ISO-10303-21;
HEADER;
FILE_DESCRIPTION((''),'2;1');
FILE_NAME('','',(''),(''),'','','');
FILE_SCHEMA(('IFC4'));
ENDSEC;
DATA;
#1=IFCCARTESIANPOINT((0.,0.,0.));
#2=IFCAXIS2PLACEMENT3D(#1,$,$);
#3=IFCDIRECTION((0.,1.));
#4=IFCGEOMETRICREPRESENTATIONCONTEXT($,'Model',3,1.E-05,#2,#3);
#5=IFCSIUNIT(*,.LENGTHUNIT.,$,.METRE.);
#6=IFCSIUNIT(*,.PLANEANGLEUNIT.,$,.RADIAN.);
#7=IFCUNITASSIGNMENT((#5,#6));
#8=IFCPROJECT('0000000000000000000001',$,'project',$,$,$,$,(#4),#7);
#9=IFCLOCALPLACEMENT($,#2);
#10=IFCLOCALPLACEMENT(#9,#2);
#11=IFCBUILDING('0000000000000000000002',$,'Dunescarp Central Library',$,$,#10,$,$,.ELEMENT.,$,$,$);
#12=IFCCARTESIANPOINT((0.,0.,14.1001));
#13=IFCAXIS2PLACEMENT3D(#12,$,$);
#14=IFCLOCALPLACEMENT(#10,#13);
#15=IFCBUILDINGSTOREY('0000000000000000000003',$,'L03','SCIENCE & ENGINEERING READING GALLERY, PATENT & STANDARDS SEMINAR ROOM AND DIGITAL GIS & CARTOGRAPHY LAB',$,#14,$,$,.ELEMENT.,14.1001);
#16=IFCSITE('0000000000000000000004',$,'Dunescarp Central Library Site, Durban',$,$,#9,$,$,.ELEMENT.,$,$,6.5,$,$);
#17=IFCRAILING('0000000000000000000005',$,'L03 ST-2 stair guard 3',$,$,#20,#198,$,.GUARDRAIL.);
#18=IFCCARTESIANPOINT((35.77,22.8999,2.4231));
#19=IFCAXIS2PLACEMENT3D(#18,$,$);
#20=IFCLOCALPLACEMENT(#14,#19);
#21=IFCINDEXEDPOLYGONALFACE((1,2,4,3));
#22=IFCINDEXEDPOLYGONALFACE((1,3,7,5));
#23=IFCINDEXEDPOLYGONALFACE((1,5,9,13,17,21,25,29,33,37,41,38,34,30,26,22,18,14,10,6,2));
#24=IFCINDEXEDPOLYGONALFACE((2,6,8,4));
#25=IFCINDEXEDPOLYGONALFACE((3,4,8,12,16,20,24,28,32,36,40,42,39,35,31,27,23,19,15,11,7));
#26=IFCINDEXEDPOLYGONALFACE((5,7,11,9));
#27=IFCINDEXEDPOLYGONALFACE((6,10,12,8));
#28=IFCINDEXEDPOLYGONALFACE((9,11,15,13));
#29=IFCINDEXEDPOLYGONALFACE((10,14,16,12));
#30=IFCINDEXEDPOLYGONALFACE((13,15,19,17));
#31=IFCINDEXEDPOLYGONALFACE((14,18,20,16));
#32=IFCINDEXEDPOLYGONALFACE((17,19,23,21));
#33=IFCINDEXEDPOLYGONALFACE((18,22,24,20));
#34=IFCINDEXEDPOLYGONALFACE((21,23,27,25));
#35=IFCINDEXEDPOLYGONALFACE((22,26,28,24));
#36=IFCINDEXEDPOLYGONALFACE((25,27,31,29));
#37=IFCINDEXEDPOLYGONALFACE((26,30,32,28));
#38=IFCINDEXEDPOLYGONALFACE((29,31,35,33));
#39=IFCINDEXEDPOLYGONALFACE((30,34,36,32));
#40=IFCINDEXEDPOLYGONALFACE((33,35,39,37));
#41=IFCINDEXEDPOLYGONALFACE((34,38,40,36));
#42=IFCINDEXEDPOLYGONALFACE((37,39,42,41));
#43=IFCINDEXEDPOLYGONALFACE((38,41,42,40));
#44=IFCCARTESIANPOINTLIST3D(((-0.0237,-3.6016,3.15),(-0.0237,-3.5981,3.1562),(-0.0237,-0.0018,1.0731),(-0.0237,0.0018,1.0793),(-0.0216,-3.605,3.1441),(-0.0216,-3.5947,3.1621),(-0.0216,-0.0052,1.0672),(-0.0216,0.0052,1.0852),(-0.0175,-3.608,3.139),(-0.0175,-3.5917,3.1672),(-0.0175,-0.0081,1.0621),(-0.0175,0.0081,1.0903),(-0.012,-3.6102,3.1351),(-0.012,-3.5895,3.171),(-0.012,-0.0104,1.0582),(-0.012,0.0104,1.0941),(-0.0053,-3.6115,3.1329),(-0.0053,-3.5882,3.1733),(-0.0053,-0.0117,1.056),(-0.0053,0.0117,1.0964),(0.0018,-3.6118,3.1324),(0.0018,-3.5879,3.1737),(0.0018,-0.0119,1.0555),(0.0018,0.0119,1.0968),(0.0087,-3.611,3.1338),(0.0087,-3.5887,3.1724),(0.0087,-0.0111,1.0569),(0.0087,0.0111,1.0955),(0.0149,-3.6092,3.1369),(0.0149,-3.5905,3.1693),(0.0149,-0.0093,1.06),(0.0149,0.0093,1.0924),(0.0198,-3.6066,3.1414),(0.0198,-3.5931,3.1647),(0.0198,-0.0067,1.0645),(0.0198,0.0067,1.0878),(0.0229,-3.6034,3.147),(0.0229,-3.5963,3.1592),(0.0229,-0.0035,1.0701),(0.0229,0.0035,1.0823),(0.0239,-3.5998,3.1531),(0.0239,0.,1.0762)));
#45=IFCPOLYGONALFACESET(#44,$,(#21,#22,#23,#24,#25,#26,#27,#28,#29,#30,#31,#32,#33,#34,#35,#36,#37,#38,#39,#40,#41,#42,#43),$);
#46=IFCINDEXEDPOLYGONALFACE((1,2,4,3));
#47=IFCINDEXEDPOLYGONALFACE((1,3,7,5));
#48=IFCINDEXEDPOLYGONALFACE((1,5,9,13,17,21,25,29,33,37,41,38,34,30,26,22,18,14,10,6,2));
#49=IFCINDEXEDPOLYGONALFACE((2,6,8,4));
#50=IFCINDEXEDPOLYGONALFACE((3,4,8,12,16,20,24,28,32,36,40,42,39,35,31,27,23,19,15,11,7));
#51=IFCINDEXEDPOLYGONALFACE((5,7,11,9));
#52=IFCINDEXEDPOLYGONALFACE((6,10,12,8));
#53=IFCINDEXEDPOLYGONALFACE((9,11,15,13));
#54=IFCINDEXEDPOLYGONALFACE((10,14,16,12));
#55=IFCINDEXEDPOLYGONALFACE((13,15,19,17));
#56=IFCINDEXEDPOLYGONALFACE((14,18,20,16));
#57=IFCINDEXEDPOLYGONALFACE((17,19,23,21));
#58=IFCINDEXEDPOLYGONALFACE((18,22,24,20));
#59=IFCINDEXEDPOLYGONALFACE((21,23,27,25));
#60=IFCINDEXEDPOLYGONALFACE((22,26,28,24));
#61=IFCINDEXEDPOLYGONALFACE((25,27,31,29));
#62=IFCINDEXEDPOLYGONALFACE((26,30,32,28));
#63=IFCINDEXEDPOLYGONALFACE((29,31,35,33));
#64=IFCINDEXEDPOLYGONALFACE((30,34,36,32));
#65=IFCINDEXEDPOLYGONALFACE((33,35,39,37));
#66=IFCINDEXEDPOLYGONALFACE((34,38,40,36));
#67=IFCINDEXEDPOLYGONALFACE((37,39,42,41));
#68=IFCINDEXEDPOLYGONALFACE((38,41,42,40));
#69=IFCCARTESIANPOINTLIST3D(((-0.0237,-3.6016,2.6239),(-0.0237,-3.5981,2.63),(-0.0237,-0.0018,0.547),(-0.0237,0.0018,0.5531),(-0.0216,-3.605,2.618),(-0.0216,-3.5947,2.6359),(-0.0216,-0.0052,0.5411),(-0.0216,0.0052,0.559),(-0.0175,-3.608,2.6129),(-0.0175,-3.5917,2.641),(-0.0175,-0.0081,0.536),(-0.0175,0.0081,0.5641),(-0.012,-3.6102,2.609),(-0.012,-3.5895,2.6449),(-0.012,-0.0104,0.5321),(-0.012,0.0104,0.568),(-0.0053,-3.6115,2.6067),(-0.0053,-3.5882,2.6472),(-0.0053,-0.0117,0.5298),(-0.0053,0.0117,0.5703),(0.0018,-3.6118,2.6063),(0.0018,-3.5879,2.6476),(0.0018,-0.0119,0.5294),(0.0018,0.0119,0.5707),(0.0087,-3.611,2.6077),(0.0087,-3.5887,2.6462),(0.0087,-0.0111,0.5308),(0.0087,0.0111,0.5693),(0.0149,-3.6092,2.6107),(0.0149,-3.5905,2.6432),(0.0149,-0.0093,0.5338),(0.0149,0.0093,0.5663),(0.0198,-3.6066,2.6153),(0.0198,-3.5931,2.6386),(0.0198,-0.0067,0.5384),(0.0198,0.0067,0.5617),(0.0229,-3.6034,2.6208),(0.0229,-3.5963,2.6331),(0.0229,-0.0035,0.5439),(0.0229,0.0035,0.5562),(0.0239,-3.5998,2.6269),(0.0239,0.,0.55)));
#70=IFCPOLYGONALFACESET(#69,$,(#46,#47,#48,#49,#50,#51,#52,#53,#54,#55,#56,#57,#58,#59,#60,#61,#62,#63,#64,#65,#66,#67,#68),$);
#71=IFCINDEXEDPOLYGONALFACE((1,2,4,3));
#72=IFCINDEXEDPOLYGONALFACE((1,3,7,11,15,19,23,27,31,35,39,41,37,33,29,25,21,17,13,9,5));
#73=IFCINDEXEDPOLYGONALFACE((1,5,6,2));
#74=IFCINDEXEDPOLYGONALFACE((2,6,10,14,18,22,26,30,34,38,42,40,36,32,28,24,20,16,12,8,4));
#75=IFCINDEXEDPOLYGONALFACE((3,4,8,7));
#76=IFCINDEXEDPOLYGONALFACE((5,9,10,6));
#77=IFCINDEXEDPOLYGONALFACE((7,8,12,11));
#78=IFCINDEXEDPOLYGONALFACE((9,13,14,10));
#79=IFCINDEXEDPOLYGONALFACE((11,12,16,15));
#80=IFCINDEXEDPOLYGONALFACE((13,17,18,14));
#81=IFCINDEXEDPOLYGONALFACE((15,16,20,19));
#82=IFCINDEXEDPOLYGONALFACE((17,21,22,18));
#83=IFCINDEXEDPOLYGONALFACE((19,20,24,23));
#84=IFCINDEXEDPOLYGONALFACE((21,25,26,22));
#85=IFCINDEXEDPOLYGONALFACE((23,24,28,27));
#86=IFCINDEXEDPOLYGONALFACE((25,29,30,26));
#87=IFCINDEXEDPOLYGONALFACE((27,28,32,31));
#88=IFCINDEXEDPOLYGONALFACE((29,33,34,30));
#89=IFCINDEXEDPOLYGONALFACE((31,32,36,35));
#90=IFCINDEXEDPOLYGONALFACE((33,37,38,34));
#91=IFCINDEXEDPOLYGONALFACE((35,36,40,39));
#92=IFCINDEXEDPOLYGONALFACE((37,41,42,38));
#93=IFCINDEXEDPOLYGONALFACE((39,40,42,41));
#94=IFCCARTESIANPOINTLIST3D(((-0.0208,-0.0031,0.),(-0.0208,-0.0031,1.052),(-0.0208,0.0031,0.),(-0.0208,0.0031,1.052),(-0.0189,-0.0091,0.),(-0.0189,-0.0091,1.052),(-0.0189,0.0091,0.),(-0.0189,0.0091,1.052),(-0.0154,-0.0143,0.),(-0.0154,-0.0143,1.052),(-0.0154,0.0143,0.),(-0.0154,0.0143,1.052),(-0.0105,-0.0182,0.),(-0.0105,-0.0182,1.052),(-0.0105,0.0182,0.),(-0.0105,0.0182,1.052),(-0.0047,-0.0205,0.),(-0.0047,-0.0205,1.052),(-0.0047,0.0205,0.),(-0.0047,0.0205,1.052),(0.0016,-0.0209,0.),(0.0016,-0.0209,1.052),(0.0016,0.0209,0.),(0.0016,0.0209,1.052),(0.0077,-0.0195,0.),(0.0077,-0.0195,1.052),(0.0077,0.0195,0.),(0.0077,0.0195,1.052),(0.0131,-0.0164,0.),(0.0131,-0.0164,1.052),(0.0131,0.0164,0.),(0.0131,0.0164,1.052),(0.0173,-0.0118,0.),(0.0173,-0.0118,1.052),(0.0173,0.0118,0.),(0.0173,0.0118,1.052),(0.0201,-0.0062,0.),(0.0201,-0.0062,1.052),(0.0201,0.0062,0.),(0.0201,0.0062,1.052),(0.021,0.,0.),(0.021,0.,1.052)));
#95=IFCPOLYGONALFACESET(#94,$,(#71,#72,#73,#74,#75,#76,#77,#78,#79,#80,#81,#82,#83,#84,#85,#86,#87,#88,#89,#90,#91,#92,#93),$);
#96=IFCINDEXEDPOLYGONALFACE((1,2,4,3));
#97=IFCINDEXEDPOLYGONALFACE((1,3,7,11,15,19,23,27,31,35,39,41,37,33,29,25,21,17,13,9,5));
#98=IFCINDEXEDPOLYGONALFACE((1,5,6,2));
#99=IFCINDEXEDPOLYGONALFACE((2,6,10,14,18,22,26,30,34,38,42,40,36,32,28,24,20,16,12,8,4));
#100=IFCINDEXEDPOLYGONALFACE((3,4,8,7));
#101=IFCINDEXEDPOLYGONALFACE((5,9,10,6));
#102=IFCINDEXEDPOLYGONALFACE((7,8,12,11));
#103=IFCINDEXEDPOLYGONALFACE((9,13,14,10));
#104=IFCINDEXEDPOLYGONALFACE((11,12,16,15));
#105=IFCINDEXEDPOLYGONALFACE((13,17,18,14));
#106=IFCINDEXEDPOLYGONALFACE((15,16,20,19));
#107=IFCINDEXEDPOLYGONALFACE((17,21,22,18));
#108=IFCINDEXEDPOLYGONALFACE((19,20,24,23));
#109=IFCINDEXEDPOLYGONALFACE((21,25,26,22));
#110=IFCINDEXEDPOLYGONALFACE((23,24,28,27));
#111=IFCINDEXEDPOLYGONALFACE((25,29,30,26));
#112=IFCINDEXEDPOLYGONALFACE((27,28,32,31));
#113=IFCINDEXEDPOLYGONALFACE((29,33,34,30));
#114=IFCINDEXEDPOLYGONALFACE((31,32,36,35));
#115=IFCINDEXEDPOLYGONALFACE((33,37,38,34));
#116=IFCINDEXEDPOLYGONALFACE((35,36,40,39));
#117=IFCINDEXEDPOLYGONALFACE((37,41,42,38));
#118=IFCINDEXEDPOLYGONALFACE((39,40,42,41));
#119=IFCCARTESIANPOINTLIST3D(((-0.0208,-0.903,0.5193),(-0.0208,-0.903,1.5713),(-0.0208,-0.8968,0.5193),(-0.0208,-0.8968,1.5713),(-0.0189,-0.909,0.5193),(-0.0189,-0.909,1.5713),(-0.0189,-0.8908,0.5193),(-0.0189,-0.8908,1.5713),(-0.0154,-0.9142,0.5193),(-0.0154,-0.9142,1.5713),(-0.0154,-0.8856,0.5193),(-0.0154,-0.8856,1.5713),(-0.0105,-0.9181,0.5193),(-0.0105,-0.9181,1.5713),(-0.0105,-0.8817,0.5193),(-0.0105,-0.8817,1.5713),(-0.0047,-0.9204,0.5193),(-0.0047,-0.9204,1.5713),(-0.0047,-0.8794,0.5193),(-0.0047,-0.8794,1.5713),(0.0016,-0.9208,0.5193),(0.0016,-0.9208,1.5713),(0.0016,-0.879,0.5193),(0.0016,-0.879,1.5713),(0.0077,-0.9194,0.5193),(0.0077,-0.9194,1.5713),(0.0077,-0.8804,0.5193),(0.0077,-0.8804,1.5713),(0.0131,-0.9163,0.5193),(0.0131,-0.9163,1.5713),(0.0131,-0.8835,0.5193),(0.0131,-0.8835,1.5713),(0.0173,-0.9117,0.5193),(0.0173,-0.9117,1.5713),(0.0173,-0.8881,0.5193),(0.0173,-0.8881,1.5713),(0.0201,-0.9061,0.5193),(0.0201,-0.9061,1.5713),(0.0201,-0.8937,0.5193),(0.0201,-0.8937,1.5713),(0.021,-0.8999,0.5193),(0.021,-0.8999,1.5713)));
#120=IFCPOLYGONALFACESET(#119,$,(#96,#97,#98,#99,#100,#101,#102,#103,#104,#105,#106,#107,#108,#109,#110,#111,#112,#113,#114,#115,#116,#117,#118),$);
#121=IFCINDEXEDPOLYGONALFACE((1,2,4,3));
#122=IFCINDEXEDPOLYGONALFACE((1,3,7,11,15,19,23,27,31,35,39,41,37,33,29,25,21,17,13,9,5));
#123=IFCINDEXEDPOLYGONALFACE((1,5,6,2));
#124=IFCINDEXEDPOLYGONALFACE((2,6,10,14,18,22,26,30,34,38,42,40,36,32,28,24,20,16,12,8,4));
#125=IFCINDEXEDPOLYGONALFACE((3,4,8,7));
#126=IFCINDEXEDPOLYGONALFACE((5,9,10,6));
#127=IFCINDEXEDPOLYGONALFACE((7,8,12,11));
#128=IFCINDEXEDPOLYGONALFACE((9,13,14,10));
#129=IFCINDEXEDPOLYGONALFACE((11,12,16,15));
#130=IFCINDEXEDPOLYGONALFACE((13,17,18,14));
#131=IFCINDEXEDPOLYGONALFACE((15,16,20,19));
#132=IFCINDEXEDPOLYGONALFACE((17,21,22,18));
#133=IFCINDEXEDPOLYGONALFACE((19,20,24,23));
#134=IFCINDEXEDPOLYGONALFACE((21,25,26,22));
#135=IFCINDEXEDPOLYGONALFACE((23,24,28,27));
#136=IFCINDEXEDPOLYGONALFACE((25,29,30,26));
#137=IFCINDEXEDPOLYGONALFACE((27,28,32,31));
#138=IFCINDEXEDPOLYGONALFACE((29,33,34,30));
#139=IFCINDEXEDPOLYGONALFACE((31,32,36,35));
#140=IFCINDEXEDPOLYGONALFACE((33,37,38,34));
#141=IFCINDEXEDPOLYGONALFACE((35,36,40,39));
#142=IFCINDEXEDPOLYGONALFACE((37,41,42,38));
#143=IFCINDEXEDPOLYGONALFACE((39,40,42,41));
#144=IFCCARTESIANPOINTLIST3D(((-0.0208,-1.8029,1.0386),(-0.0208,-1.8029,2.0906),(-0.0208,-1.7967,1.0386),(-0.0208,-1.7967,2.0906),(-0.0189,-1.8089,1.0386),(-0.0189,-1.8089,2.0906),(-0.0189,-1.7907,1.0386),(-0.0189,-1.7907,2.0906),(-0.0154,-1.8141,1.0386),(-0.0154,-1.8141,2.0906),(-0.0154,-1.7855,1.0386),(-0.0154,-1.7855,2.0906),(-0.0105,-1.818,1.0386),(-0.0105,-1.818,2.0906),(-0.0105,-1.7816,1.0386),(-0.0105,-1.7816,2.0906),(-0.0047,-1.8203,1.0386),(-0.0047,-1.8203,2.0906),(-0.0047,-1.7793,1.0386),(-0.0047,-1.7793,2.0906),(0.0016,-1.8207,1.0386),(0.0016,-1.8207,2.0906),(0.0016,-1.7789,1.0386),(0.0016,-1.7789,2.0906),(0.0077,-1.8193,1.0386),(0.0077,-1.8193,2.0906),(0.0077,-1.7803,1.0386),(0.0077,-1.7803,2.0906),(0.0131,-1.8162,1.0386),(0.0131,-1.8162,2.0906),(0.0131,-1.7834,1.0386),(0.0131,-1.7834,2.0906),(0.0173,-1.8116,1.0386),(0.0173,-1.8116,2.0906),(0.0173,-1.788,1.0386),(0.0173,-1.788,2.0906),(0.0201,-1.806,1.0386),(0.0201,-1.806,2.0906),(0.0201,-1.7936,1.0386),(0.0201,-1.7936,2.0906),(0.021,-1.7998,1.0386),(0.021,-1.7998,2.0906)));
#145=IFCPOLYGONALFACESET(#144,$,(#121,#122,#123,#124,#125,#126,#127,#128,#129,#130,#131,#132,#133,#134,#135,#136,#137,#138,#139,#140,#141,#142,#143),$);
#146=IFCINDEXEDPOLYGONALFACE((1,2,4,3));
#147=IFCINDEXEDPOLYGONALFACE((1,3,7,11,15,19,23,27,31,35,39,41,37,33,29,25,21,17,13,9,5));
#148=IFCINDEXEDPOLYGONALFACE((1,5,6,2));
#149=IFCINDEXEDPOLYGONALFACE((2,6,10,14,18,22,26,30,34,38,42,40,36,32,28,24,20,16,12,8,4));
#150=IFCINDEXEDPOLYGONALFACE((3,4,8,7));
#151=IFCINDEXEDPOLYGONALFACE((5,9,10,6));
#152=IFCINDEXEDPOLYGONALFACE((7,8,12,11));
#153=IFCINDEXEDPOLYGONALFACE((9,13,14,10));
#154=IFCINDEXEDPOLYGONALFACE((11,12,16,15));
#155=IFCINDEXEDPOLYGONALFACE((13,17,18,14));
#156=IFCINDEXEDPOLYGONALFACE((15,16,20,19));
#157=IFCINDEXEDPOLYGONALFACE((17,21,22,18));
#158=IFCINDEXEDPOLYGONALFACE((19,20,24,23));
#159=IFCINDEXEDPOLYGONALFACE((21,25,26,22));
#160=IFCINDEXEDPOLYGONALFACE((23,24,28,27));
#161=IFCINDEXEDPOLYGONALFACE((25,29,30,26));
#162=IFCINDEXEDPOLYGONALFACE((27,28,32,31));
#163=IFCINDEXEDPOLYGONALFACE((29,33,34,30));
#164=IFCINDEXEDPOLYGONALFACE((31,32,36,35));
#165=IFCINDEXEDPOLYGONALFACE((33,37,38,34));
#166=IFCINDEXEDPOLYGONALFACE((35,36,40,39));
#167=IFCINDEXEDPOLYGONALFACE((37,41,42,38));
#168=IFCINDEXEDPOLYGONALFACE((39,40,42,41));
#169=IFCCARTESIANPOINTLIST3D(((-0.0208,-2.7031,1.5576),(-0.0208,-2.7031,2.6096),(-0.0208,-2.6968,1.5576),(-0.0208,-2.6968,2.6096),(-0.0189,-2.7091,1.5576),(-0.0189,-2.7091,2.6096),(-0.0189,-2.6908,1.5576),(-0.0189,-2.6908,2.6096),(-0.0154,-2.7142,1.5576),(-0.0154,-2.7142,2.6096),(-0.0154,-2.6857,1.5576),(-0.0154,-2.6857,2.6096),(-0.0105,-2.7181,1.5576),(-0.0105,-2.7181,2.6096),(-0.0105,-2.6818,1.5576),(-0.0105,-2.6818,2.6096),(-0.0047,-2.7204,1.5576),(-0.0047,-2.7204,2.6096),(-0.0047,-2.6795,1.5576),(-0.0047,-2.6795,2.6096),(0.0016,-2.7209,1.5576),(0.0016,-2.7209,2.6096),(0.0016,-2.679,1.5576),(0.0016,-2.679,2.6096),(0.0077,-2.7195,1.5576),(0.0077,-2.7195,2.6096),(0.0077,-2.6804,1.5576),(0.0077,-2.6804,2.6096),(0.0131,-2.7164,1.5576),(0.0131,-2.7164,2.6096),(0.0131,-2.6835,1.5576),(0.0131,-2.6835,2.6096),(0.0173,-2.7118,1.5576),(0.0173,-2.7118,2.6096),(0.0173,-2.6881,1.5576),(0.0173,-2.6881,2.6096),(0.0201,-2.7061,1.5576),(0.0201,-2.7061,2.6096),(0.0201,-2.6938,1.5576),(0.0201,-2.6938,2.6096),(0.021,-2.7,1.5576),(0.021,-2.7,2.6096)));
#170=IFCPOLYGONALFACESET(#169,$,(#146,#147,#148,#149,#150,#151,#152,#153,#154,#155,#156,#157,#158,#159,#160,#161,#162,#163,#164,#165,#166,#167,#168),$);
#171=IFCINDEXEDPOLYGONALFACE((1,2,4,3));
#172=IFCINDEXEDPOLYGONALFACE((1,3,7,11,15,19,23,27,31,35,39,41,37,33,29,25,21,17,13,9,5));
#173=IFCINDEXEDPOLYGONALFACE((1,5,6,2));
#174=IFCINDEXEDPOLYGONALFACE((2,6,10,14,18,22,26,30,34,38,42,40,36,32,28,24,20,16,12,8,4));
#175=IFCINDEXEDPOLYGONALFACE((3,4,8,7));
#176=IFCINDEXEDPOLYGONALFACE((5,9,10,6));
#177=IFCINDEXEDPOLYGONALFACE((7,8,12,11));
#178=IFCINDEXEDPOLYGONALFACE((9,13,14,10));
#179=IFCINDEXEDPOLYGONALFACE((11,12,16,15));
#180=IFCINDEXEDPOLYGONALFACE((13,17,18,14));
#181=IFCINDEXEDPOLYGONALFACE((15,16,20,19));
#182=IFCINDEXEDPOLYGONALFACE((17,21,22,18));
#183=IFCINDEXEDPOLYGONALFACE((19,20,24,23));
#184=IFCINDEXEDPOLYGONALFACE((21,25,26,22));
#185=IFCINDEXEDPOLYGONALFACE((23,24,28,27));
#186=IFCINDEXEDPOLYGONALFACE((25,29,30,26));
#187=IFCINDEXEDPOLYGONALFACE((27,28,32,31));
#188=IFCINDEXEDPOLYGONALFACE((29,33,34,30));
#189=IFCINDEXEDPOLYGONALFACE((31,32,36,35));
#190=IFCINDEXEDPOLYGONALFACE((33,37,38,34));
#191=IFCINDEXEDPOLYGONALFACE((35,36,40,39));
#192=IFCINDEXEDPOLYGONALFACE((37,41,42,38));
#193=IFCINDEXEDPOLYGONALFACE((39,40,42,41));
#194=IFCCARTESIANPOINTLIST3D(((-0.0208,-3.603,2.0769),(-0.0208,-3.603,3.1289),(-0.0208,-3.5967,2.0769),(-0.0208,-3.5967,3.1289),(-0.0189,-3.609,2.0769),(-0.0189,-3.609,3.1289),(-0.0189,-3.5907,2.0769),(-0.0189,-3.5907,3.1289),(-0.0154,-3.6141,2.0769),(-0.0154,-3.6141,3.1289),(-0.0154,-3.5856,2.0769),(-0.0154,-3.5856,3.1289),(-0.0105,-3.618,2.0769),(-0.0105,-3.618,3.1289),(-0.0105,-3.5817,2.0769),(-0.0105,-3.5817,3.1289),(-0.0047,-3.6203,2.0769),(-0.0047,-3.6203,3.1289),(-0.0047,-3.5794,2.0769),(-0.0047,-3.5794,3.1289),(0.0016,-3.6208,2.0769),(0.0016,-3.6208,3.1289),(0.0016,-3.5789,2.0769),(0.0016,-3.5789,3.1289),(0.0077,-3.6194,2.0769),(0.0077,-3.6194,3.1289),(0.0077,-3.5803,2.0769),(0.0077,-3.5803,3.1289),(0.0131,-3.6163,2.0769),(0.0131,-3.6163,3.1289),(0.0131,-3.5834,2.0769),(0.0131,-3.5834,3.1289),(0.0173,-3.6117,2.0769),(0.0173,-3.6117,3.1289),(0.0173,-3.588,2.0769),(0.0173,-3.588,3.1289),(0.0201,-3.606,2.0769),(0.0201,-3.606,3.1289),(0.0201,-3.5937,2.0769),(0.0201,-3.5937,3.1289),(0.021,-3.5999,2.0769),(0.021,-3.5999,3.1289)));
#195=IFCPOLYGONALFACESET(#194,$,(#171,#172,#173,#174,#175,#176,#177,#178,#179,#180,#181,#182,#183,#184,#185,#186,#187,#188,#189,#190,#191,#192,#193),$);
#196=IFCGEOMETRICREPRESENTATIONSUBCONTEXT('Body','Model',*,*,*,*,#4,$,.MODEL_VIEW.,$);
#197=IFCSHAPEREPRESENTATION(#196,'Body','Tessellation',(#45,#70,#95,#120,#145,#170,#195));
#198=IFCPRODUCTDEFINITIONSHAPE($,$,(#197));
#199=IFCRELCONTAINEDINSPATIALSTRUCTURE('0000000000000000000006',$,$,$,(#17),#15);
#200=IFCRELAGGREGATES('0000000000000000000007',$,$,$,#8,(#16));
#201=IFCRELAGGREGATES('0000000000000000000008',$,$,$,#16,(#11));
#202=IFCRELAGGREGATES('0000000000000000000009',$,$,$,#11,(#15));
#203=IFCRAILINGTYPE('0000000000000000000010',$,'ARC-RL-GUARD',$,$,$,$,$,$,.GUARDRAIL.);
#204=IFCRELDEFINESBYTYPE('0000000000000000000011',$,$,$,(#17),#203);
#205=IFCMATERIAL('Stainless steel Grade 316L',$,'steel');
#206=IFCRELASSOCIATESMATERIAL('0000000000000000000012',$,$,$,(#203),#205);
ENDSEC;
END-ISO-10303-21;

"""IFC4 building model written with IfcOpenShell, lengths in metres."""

from ifc_helpers import new_model, si_unit, direction, frame, origin, origin_2d, place, context, subcontext, project, spatial, circle, extrude, material, type_object, element, save


model = new_model("IFC4")

# Units and contexts
model_context = context("Model", 3, precision=1e-05, world=origin(), true_north=direction((0.0, 1.0)))
body_context = subcontext(model_context, "Body", "Model", "MODEL_VIEW")
ifc_project = project(units=[si_unit("LENGTHUNIT", "METRE"), si_unit("PLANEANGLEUNIT", "RADIAN")], contexts=[model_context])

# Site, building, storey
site_placement = place(None, origin())
site = spatial("IfcSite", under=ifc_project, at=site_placement, Name="Dunescarp Central Library Site, Durban", CompositionType="ELEMENT", RefElevation=6.5)
building_placement = place(site_placement, origin())
building = spatial("IfcBuilding", under=site, at=building_placement, Name="Dunescarp Central Library", CompositionType="ELEMENT")
storey_placement = place(building_placement, frame((0.0, 0.0, 14.1001)))
storey = spatial("IfcBuildingStorey", under=building, at=storey_placement, Name="L03", Description="SCIENCE & ENGINEERING READING GALLERY, PATENT & STANDARDS SEMINAR ROOM AND DIGITAL GIS & CARTOGRAPHY LAB", CompositionType="ELEMENT", Elevation=14.1001)

# Railing
ifc_material_1 = material(Name="Stainless steel Grade 316L", Category="steel")
railing_type_1 = type_object("IfcRailingType", Name="ARC-RL-GUARD", PredefinedType="GUARDRAIL", material=ifc_material_1)
railing_1_placement = place(storey_placement, frame((35.77, 22.8999, 2.4231)))
element("IfcRailing", 1, at=railing_1_placement, inside=storey, type_object=railing_type_1, Name="L03 ST-2 stair guard 3", PredefinedType="GUARDRAIL", context=body_context, shape_type="SweptSolid", body=[
    extrude(circle(Radius=0.0239, at=origin_2d()), frame((0.0, 0.0, 1.0762), z_axis=(0.0, -0.866179, 0.499734), x_axis=(1.0, 0.0, 0.0)), (0.0, 0.0, 1.0), 4.156),
    extrude(circle(Radius=0.0239, at=origin_2d()), frame((0.0, 0.0, 0.55), z_axis=(0.0, -0.866179, 0.499734), x_axis=(1.0, 0.0, 0.0)), (0.0, 0.0, 1.0), 4.156),
    extrude(circle(Radius=0.021, at=origin_2d()), origin(), (0.0, 0.0, 1.0), 1.052),
    extrude(circle(Radius=0.021, at=origin_2d()), frame((0.0, -0.8999, 0.5193)), (0.0, 0.0, 1.0), 1.052),
    extrude(circle(Radius=0.021, at=origin_2d()), frame((0.0, -1.7998, 1.0386)), (0.0, 0.0, 1.0), 1.052),
    extrude(circle(Radius=0.021, at=origin_2d()), frame((0.0, -2.7, 1.5576)), (0.0, 0.0, 1.0), 1.052),
    extrude(circle(Radius=0.021, at=origin_2d()), frame((0.0, -3.5999, 2.0769)), (0.0, 0.0, 1.0), 1.052),
])

save(model, "model.ifc")
